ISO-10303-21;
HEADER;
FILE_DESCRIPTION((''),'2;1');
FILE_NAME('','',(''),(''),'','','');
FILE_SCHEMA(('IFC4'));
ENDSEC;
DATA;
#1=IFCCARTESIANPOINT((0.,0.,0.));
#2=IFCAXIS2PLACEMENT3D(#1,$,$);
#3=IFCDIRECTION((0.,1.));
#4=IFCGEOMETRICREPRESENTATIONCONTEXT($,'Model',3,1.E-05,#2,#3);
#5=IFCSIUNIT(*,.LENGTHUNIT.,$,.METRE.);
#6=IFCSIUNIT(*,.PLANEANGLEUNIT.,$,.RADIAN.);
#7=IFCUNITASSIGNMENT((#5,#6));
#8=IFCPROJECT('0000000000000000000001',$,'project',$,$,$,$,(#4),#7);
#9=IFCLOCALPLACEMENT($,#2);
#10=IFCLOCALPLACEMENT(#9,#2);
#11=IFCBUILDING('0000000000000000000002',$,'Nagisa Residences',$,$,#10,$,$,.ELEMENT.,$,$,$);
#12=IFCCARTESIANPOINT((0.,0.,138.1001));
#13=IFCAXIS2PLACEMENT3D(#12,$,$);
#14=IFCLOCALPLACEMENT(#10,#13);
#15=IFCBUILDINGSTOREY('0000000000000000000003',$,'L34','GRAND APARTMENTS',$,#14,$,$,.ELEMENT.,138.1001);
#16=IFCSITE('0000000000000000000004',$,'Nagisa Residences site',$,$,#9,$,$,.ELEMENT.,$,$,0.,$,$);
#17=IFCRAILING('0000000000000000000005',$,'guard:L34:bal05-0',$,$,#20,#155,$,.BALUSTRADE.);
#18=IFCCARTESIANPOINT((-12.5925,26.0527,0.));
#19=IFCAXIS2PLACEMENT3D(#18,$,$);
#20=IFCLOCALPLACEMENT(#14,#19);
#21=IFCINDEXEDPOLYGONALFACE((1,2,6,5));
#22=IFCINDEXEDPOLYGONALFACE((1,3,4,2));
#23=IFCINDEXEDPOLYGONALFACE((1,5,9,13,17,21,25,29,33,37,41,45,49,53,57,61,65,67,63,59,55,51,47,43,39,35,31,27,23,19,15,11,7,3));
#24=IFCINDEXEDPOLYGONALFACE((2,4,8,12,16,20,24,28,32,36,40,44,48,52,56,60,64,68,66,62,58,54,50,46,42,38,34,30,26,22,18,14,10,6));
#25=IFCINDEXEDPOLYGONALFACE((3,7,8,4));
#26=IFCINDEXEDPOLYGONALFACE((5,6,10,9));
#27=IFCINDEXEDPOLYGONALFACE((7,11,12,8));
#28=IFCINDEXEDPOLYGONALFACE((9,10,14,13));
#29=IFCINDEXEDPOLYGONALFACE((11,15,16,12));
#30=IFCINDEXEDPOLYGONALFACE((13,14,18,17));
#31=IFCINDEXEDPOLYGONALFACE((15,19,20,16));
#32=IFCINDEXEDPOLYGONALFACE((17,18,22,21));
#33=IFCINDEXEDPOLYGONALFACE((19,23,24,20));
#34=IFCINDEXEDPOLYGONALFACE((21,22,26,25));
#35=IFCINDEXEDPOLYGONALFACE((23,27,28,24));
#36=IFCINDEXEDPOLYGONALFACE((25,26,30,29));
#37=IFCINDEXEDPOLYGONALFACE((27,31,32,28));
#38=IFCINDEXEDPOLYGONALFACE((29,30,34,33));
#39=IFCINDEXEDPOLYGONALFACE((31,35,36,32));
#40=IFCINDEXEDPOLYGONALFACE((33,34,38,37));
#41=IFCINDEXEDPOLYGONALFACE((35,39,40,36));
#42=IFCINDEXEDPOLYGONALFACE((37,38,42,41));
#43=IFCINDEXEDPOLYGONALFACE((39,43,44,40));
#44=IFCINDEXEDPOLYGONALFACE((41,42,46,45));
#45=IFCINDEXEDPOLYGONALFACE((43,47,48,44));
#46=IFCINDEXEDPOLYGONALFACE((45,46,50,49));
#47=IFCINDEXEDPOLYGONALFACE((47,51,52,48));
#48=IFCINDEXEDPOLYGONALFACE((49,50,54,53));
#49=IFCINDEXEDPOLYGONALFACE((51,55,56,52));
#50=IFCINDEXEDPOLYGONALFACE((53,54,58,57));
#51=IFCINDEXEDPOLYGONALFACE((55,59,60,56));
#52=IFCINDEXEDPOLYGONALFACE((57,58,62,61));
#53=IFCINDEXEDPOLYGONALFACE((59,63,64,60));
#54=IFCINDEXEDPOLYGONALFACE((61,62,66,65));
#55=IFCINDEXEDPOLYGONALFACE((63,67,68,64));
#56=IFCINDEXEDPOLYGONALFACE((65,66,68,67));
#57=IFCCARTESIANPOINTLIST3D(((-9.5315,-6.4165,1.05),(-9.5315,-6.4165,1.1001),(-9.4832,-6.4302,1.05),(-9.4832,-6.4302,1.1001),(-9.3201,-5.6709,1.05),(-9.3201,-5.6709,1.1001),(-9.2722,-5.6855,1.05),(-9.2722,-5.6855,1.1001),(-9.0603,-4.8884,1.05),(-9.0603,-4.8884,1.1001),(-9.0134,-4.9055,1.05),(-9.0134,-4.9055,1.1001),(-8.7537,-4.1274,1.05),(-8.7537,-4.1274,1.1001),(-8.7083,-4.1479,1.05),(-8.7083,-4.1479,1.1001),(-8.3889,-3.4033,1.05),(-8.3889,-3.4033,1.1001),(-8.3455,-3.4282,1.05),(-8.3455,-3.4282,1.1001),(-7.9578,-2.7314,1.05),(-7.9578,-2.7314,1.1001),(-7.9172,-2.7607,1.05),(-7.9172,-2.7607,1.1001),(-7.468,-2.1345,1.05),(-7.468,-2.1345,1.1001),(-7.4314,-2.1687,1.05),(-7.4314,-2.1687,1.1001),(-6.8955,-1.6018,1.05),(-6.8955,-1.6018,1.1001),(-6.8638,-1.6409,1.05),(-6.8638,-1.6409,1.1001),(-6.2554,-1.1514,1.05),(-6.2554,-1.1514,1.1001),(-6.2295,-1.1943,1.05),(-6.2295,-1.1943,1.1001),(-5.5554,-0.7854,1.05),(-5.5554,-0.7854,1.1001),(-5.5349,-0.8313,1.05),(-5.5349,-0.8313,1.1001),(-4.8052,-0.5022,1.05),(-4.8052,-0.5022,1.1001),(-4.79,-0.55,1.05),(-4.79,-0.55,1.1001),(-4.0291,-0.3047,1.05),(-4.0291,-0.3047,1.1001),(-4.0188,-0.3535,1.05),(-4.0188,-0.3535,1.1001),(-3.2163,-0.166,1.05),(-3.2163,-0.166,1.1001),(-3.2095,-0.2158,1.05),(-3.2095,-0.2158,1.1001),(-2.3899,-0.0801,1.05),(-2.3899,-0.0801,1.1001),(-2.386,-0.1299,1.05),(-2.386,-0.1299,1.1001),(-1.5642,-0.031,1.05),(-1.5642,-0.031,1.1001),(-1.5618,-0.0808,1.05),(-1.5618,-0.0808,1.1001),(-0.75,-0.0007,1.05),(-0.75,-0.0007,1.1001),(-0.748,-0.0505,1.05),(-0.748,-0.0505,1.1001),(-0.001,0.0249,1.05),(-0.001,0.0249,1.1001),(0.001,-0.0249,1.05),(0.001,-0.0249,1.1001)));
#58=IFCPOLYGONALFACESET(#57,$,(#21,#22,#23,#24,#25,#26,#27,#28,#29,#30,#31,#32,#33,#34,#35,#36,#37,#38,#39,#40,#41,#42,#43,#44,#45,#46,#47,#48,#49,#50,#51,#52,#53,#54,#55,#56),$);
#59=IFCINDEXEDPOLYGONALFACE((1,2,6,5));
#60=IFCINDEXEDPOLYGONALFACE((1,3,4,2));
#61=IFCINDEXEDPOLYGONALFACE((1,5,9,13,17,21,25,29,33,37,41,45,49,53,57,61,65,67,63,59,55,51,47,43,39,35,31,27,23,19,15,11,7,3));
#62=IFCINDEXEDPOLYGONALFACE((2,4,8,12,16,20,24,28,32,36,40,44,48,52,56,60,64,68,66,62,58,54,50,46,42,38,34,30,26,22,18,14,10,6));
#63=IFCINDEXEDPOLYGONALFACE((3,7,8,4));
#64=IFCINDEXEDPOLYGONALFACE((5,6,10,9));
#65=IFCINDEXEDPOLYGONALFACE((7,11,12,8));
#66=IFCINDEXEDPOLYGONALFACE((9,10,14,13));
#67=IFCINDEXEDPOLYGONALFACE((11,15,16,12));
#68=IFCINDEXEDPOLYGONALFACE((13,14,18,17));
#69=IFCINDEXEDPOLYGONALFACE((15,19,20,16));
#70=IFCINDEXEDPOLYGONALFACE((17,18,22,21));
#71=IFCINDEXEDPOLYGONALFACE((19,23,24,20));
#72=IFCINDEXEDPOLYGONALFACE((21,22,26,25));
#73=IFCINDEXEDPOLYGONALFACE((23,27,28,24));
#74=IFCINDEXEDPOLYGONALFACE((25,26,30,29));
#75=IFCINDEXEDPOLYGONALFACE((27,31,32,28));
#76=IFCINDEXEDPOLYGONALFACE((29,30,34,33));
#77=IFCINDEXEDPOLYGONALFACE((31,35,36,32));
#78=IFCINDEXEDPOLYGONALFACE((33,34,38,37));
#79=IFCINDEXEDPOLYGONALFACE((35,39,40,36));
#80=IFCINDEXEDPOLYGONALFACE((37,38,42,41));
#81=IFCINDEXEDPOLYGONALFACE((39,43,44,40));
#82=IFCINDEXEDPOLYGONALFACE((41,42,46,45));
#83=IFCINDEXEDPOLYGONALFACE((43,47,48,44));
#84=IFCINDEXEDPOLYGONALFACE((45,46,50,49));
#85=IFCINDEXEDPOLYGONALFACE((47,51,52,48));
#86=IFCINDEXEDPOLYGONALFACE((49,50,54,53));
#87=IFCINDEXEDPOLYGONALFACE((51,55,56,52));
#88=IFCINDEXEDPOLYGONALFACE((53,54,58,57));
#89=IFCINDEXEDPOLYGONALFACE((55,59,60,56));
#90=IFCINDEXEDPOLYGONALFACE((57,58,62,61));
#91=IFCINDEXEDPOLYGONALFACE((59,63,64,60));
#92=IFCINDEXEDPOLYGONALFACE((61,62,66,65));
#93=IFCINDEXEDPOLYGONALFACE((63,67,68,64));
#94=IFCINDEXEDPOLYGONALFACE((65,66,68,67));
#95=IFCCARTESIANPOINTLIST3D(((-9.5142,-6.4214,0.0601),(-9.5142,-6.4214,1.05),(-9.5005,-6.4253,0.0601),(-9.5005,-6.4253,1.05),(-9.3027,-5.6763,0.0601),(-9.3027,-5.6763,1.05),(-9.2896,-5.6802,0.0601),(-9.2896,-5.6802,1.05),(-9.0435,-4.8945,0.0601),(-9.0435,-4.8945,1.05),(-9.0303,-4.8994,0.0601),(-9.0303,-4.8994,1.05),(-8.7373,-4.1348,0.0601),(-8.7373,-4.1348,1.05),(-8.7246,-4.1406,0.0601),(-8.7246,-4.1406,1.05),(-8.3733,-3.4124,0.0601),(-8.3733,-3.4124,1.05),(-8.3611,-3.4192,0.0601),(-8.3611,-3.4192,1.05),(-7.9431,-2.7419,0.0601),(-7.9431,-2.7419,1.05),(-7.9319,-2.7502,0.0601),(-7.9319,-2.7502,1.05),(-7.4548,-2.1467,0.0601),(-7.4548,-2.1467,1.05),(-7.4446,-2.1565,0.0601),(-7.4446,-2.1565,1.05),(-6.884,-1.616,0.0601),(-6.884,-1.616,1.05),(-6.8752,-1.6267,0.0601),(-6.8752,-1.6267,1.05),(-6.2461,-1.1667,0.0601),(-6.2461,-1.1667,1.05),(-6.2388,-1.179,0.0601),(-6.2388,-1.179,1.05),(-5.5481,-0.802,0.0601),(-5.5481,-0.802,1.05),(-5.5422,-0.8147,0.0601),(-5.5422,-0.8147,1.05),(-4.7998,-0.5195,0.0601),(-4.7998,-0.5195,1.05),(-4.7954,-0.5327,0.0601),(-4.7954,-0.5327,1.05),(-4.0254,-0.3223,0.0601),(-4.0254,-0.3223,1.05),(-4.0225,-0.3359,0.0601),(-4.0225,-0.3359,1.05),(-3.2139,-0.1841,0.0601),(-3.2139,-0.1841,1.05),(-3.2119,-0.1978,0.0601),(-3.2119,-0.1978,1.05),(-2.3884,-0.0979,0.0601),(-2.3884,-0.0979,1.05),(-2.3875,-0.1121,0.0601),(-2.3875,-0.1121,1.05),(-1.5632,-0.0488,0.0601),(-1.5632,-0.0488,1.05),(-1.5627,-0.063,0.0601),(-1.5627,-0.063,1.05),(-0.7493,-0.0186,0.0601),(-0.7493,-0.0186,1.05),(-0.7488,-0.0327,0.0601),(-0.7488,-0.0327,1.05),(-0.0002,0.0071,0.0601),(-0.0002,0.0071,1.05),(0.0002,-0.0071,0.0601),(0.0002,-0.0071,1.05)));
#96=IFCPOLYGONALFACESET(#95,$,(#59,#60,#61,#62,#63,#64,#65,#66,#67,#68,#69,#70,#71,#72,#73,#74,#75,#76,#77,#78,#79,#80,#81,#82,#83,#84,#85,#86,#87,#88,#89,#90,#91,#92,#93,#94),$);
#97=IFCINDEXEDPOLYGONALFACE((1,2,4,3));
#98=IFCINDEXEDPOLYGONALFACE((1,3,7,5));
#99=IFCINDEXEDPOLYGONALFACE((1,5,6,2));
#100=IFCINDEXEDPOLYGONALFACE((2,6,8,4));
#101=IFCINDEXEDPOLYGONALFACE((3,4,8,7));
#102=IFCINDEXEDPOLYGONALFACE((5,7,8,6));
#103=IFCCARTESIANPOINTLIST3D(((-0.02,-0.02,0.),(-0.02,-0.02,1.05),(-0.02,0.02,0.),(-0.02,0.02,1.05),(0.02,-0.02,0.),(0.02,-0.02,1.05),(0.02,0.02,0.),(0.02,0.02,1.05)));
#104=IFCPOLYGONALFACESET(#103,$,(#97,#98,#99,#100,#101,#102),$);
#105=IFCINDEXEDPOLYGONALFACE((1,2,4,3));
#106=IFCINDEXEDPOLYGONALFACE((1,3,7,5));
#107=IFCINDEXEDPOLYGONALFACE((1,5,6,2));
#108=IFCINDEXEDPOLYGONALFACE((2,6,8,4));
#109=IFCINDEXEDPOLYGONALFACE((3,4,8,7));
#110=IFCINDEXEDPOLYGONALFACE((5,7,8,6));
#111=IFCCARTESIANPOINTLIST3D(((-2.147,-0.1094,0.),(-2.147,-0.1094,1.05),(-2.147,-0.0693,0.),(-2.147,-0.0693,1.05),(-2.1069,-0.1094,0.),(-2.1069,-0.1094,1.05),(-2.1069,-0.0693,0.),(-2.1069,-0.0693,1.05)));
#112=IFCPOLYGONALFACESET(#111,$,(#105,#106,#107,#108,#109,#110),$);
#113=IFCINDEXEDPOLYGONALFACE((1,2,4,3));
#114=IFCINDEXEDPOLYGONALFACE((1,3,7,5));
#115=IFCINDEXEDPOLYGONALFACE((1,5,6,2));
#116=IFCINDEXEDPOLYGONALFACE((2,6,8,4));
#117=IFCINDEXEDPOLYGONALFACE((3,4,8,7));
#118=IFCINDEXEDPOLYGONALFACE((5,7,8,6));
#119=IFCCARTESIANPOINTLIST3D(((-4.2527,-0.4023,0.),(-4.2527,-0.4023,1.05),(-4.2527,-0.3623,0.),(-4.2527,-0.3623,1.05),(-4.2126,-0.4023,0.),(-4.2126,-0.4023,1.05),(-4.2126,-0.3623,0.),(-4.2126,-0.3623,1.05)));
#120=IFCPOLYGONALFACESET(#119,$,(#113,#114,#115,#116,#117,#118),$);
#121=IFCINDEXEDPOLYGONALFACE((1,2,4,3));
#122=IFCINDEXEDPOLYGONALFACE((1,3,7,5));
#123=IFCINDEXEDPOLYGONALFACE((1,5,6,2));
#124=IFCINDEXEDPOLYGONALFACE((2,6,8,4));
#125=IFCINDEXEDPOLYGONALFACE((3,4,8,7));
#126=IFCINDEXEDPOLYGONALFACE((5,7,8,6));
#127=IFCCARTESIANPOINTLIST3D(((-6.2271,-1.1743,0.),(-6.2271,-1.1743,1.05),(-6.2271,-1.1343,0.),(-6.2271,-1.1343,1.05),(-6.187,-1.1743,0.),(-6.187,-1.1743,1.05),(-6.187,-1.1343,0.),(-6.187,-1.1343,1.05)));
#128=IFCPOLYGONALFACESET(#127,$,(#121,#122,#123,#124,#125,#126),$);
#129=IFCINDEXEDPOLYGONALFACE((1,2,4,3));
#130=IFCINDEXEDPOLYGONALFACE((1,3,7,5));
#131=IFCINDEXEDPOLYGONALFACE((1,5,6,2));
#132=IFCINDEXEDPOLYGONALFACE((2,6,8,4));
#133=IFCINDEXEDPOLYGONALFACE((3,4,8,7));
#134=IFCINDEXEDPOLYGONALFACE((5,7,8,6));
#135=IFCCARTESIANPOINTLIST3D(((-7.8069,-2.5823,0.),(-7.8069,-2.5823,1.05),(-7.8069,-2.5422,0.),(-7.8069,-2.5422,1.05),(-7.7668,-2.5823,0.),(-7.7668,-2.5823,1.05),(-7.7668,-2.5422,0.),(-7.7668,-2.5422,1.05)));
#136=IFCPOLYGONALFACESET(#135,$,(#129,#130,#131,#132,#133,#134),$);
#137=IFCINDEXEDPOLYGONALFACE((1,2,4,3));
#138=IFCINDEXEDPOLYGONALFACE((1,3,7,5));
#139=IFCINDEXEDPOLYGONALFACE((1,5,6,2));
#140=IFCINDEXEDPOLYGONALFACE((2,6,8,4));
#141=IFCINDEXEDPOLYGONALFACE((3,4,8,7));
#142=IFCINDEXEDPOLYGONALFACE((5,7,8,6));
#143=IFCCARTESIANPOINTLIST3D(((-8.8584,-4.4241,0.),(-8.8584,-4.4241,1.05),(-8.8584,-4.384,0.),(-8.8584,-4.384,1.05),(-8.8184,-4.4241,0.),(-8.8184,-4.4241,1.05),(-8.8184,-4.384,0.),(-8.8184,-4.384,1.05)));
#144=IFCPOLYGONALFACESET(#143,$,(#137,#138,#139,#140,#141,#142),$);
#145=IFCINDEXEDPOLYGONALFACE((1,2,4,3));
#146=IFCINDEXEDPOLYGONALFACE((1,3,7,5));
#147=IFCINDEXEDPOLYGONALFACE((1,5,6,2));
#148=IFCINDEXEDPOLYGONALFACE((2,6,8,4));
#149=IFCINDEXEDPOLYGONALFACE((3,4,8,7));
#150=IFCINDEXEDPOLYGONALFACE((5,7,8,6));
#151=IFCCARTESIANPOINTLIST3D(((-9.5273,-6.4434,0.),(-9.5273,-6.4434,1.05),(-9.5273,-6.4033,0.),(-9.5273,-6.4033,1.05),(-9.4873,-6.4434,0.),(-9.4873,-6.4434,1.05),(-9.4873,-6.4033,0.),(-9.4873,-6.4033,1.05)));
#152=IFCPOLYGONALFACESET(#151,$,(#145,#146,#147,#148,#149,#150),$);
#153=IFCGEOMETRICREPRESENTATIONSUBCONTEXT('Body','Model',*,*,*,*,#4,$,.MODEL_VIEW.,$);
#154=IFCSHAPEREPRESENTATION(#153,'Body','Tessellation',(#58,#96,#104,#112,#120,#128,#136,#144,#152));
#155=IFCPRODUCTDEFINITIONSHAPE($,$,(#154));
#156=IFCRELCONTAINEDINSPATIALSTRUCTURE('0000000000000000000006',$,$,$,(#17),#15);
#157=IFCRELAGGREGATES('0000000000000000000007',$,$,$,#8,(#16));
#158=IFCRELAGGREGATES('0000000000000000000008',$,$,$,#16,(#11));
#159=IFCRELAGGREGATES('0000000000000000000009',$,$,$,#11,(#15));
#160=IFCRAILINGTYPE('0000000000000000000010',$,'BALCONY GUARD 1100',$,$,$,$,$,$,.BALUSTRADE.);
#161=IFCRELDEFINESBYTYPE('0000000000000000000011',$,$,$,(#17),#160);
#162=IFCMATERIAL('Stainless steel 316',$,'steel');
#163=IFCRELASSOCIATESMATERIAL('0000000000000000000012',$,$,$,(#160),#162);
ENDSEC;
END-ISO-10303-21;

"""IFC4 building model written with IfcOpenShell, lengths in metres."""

from ifc_helpers import new_model, si_unit, direction, frame, origin, origin_2d, place, context, subcontext, project, spatial, polyline, rectangle, outline, extrude, material, type_object, element, save


model = new_model("IFC4")

# Units and contexts
model_context = context("Model", 3, precision=1e-05, world=origin(), true_north=direction((0.0, 1.0)))
body_context = subcontext(model_context, "Body", "Model", "MODEL_VIEW")
ifc_project = project(units=[si_unit("LENGTHUNIT", "METRE"), si_unit("PLANEANGLEUNIT", "RADIAN")], contexts=[model_context])

# Site, building, storey
site_placement = place(None, origin())
site = spatial("IfcSite", under=ifc_project, at=site_placement, Name="Nagisa Residences site", CompositionType="ELEMENT", RefElevation=0.0)
building_placement = place(site_placement, origin())
building = spatial("IfcBuilding", under=site, at=building_placement, Name="Nagisa Residences", CompositionType="ELEMENT")
storey_placement = place(building_placement, frame((0.0, 0.0, 138.1001)))
storey = spatial("IfcBuildingStorey", under=building, at=storey_placement, Name="L34", Description="GRAND APARTMENTS", CompositionType="ELEMENT", Elevation=138.1001)

# Railing
ifc_material_1 = material(Name="Stainless steel 316", Category="steel")
railing_type = type_object("IfcRailingType", Name="BALCONY GUARD 1100", PredefinedType="BALUSTRADE", material=ifc_material_1)
railing_1_placement = place(storey_placement, frame((-12.5925, 26.0527, 0.0)))
element("IfcRailing", 1, at=railing_1_placement, inside=storey, type_object=railing_type, Name="guard:L34:bal05-0", PredefinedType="BALUSTRADE", context=body_context, shape_type="SweptSolid", body=[
    extrude(outline(polyline([(-0.748, -0.0505), (0.001, -0.0249), (-0.001, 0.0249), (-0.75, -0.0007), (-1.5642, -0.031), (-2.3899, -0.0801), (-3.2163, -0.166), (-4.0291, -0.3047), (-4.8052, -0.5022), (-5.5554, -0.7854), (-6.2554, -1.1514), (-6.8955, -1.6018), (-7.468, -2.1345), (-7.9578, -2.7314), (-8.3889, -3.4033), (-8.7537, -4.1274), (-9.0603, -4.8884), (-9.3201, -5.6709), (-9.5315, -6.4165), (-9.4832, -6.4302), (-9.2722, -5.6855), (-9.0134, -4.9055), (-8.7083, -4.1479), (-8.3455, -3.4282), (-7.9172, -2.7607), (-7.4314, -2.1687), (-6.8638, -1.6409), (-6.2295, -1.1943), (-5.5349, -0.8313), (-4.79, -0.55), (-4.0188, -0.3535), (-3.2095, -0.2158), (-2.386, -0.1299), (-1.5618, -0.0808), (-0.748, -0.0505)])), frame((0.0, 0.0, 1.05)), (0.0, 0.0, 1.0), 0.05),
    extrude(outline(polyline([(-0.7488, -0.0327), (0.0002, -0.0071), (-0.0002, 0.0071), (-0.7493, -0.0186), (-1.5632, -0.0488), (-2.3884, -0.0979), (-3.2139, -0.1841), (-4.0254, -0.3223), (-4.7998, -0.5195), (-5.5481, -0.802), (-6.2461, -1.1667), (-6.884, -1.616), (-7.4548, -2.1467), (-7.9431, -2.7419), (-8.3733, -3.4124), (-8.7373, -4.1348), (-9.0435, -4.8945), (-9.3027, -5.6763), (-9.5142, -6.4214), (-9.5005, -6.4253), (-9.2896, -5.6802), (-9.0303, -4.8994), (-8.7246, -4.1406), (-8.3611, -3.4192), (-7.9319, -2.7502), (-7.4446, -2.1565), (-6.8752, -1.6267), (-6.2388, -1.179), (-5.5422, -0.8147), (-4.7954, -0.5327), (-4.0225, -0.3359), (-3.2119, -0.1978), (-2.3875, -0.1121), (-1.5627, -0.063), (-0.7488, -0.0327)])), frame((0.0, 0.0, 0.0601)), (0.0, 0.0, 1.0), 0.99),
    extrude(rectangle(XDim=0.04, YDim=0.04, at=origin_2d()), origin(), (0.0, 0.0, 1.0), 1.05),
    extrude(rectangle(XDim=0.04, YDim=0.04, at=origin_2d()), frame((-2.127, -0.0894, 0.0)), (0.0, 0.0, 1.0), 1.05),
    extrude(rectangle(XDim=0.04, YDim=0.04, at=origin_2d()), frame((-4.2327, -0.3823, 0.0)), (0.0, 0.0, 1.0), 1.05),
    extrude(rectangle(XDim=0.04, YDim=0.04, at=origin_2d()), frame((-6.207, -1.1543, 0.0)), (0.0, 0.0, 1.0), 1.05),
    extrude(rectangle(XDim=0.04, YDim=0.04, at=origin_2d()), frame((-7.7869, -2.5623, 0.0)), (0.0, 0.0, 1.0), 1.05),
    extrude(rectangle(XDim=0.04, YDim=0.04, at=origin_2d()), frame((-8.8384, -4.4041, 0.0)), (0.0, 0.0, 1.0), 1.05),
    extrude(rectangle(XDim=0.04, YDim=0.04, at=origin_2d()), frame((-9.5073, -6.4233, 0.0)), (0.0, 0.0, 1.0), 1.05),
])

save(model, "model.ifc")
